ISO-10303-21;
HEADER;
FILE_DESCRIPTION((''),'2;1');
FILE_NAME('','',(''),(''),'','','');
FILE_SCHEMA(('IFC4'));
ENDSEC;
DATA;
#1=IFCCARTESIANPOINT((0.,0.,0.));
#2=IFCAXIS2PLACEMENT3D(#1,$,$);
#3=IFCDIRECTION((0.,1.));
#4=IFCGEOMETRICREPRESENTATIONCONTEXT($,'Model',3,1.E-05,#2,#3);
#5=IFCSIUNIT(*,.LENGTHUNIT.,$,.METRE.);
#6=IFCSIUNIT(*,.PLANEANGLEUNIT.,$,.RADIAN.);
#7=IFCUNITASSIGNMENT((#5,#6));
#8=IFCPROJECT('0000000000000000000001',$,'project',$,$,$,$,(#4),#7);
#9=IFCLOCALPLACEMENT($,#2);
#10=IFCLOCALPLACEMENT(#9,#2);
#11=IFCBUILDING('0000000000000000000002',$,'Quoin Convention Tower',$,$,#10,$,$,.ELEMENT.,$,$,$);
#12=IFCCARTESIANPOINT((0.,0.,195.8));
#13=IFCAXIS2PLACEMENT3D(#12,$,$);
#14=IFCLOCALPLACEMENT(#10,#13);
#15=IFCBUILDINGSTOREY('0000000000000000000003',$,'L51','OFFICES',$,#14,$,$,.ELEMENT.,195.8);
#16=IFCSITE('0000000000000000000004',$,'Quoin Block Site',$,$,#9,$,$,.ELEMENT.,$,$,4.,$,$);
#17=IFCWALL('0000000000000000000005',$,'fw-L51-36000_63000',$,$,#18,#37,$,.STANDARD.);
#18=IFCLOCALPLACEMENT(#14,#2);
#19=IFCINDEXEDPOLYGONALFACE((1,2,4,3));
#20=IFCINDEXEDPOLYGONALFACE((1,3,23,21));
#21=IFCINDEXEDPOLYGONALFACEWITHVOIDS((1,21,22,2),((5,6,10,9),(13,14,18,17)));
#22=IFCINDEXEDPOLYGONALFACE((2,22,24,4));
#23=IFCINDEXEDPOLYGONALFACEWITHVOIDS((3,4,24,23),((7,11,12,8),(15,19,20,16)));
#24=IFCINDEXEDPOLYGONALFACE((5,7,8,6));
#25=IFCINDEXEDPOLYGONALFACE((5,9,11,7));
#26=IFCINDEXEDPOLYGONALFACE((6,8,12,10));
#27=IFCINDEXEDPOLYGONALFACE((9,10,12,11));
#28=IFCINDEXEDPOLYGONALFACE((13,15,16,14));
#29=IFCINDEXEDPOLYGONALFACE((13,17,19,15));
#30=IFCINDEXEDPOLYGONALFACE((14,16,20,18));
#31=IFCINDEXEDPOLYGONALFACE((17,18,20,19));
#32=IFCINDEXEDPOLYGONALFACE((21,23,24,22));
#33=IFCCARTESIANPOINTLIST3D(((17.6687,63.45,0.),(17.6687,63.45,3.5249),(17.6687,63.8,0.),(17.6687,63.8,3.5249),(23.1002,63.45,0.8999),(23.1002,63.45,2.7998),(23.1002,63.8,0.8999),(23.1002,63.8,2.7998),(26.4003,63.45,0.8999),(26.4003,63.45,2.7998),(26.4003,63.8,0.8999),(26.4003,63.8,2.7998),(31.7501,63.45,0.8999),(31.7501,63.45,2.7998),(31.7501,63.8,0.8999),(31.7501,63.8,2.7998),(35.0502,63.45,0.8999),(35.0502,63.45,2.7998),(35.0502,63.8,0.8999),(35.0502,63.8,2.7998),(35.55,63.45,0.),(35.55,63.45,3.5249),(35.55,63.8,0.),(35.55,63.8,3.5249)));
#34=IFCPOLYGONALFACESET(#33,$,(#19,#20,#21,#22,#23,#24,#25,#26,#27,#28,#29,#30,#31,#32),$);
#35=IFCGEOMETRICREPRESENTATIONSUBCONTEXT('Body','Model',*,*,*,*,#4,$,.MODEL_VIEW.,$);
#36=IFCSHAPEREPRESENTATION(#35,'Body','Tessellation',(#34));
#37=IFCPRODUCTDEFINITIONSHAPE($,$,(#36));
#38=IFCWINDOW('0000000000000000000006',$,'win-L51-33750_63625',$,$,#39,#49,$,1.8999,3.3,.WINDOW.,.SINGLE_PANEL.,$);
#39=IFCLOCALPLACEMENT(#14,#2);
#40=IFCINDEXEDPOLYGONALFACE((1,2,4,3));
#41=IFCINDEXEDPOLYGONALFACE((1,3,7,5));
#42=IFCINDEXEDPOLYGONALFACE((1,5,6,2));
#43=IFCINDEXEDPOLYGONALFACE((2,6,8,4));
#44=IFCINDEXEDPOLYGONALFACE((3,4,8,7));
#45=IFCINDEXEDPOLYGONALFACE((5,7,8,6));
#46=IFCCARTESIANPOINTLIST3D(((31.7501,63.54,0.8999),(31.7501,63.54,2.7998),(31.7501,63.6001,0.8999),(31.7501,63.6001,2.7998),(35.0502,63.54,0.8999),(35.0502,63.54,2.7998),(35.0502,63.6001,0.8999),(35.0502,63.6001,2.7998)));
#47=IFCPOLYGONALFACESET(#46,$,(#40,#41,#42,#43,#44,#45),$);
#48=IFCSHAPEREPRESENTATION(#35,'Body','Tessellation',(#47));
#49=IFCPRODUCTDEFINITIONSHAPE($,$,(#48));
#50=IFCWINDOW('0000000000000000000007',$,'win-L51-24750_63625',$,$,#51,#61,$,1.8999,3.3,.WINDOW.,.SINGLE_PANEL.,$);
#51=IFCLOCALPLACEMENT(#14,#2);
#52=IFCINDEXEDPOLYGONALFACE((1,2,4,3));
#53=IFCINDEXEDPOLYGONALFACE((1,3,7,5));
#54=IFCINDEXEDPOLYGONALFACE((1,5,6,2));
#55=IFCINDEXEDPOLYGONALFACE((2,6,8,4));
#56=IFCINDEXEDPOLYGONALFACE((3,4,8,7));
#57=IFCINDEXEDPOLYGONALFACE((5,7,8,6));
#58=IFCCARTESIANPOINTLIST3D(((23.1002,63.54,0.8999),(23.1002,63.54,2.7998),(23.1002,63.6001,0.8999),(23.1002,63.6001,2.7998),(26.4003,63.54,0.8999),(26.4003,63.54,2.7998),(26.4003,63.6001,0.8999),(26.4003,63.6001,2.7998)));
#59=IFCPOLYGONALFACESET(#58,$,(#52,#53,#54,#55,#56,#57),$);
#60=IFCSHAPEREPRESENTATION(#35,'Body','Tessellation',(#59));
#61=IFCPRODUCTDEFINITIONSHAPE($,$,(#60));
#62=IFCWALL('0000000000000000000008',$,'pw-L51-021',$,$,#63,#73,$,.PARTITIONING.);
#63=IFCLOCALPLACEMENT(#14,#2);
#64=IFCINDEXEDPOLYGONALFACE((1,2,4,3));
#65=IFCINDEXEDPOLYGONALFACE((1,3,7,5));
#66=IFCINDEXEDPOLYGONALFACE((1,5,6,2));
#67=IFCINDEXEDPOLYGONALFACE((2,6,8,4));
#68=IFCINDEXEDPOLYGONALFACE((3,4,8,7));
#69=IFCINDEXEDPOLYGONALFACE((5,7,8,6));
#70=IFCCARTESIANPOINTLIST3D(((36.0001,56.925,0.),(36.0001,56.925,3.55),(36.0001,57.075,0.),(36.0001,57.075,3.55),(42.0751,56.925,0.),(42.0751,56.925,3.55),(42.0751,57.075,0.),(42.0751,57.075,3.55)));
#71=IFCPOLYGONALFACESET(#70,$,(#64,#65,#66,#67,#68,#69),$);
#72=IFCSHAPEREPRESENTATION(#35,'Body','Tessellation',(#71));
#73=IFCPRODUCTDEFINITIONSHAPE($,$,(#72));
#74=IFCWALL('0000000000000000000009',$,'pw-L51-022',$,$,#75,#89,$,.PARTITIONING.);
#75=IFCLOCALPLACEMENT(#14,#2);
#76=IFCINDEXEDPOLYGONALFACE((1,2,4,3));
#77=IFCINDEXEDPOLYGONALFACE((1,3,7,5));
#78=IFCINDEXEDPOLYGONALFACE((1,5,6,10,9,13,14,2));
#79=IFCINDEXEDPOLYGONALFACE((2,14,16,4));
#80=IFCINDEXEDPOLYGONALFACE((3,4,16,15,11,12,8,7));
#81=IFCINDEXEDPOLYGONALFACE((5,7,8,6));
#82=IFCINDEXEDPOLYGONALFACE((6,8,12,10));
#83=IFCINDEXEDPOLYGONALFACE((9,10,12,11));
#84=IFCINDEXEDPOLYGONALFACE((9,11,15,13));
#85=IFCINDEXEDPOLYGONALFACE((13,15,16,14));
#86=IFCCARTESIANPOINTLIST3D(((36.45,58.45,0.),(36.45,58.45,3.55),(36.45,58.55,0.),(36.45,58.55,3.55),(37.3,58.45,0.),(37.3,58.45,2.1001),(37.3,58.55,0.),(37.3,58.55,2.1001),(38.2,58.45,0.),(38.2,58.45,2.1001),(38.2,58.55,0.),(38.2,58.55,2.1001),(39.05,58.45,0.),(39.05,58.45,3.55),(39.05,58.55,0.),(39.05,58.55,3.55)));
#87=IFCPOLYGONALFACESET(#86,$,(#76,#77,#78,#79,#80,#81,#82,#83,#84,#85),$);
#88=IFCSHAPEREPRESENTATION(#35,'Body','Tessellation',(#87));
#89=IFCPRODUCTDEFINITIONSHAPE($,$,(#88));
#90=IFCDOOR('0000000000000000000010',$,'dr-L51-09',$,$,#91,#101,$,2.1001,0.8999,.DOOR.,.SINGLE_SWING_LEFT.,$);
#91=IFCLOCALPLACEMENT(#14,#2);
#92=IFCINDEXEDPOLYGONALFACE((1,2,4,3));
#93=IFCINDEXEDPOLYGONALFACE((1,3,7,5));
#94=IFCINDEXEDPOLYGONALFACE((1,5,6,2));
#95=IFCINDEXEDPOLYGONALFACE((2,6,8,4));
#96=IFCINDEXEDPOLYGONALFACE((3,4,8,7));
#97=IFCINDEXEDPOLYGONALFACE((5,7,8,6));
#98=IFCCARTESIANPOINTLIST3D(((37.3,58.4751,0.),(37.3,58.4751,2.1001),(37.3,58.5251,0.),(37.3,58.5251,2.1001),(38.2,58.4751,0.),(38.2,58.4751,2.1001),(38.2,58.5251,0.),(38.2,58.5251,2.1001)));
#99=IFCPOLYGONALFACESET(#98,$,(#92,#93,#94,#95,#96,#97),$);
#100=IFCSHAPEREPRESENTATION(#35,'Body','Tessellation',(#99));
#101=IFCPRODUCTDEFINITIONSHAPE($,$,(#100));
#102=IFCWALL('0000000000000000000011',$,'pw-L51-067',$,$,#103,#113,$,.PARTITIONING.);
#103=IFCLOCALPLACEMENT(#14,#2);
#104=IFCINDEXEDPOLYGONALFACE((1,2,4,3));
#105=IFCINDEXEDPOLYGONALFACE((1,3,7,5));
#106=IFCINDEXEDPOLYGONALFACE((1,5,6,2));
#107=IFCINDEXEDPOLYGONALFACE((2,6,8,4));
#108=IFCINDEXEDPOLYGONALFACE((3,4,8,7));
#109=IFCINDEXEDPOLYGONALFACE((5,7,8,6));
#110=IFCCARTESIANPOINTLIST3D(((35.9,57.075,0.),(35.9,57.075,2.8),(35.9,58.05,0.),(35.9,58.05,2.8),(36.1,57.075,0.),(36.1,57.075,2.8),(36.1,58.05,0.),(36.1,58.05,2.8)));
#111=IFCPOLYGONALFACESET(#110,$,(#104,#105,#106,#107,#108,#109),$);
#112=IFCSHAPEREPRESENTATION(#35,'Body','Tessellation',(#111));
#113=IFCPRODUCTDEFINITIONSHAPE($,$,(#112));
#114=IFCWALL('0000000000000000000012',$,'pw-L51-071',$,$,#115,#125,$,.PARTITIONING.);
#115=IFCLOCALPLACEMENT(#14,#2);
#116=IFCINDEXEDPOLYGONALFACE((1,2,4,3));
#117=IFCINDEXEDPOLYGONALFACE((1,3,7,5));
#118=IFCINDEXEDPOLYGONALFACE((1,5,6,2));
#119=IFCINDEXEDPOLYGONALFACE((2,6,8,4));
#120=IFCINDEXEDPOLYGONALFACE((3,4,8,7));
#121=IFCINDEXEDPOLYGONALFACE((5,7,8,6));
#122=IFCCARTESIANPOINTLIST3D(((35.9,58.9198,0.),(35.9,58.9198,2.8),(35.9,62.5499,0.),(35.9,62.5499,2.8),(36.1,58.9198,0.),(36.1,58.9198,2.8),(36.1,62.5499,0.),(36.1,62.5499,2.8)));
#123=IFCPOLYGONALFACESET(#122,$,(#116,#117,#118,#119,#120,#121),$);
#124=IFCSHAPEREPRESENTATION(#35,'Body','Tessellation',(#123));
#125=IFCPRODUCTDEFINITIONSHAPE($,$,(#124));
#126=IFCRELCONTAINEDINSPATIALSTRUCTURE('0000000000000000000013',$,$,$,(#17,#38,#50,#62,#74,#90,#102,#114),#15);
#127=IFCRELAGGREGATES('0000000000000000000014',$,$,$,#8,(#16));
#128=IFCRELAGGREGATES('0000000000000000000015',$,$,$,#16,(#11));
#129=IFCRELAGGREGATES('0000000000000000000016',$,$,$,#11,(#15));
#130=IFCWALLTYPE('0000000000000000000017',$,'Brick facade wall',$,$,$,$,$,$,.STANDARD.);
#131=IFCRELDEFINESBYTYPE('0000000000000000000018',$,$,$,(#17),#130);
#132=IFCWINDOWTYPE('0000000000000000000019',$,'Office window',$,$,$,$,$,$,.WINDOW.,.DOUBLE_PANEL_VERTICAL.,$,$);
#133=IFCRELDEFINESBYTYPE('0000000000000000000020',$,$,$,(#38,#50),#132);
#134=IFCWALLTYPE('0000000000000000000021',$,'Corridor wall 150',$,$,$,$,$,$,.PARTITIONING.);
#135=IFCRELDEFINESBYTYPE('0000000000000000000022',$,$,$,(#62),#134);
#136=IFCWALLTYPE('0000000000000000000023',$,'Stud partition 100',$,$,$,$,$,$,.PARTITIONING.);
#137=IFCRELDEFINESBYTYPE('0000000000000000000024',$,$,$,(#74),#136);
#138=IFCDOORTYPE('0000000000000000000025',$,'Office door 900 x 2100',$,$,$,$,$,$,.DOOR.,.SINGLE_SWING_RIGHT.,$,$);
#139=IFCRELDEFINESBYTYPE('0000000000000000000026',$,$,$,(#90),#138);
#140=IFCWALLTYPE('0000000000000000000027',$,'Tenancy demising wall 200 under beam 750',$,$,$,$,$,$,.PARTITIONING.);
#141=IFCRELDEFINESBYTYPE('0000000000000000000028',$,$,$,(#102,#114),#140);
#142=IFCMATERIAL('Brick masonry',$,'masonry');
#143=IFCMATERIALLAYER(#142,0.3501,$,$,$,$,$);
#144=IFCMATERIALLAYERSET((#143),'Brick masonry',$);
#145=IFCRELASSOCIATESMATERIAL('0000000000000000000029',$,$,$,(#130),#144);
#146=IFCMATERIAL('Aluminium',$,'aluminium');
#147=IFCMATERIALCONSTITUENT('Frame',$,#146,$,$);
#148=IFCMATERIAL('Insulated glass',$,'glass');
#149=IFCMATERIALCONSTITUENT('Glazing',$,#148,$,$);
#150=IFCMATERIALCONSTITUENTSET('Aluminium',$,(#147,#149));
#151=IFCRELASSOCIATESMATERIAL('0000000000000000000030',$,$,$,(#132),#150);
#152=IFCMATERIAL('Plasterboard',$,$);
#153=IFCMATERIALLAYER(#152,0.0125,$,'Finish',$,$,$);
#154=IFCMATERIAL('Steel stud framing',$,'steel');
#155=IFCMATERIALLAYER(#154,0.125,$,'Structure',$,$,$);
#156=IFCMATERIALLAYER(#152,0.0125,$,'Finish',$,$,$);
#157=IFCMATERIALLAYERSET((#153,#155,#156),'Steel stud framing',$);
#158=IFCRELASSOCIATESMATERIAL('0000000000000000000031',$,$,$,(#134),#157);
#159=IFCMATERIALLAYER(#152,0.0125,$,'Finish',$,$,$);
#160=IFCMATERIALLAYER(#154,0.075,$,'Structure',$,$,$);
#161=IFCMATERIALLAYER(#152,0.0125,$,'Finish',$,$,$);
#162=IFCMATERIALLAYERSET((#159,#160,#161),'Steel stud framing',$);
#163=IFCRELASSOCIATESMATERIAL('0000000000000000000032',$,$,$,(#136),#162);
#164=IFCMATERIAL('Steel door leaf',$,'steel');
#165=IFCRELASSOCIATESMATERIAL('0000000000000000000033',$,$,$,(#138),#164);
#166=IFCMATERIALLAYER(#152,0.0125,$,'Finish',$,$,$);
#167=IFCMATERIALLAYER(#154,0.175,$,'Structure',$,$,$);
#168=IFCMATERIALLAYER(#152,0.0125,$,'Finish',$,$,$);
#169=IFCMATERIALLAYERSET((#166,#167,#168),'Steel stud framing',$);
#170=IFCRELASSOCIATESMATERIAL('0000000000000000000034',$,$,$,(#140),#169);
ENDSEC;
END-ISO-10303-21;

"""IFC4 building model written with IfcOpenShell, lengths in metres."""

from ifc_helpers import new_model, si_unit, direction, frame, frame_2d, origin, place, context, subcontext, project, spatial, rectangle, extrude, material, layer, layer_set, constituent, constituent_set, type_object, element, fill, save


model = new_model("IFC4")

# Units and contexts
model_context = context("Model", 3, precision=1e-05, world=origin(), true_north=direction((0.0, 1.0)))
body_context = subcontext(model_context, "Body", "Model", "MODEL_VIEW")
ifc_project = project(units=[si_unit("LENGTHUNIT", "METRE"), si_unit("PLANEANGLEUNIT", "RADIAN")], contexts=[model_context])

# Site, building, storey
site_placement = place(None, origin())
site = spatial("IfcSite", under=ifc_project, at=site_placement, Name="Quoin Block Site", CompositionType="ELEMENT", RefElevation=4.0)
building_placement = place(site_placement, origin())
building = spatial("IfcBuilding", under=site, at=building_placement, Name="Quoin Convention Tower", CompositionType="ELEMENT")
storey_placement = place(building_placement, frame((0.0, 0.0, 195.8)))
storey = spatial("IfcBuildingStorey", under=building, at=storey_placement, Name="L51", Description="OFFICES", CompositionType="ELEMENT", Elevation=195.8)

# Shared definitions
ifc_material_1 = material(Name="Plasterboard")
ifc_material_2 = material(Name="Steel stud framing", Category="steel")

# Wall, openings, windows
ifc_material_3 = material(Name="Brick masonry", Category="masonry")
ifc_layer_1 = layer(ifc_material_3, 0.3501)
ifc_layer_set_1 = layer_set([ifc_layer_1], Name="Brick masonry")
wall_type_1 = type_object("IfcWallType", Name="Brick facade wall", PredefinedType="STANDARD", material=ifc_layer_set_1)
wall_1_placement = place(storey_placement, frame((35.55, 63.625, 0.0), z_axis=(0.0, 0.0, 1.0), x_axis=(-1.0, 0.0, 0.0)))
wall_1 = element("IfcWall", 1, at=wall_1_placement, inside=storey, type_object=wall_type_1, Name="fw-L51-36000_63000", PredefinedType="STANDARD", context=body_context, shape_type="SweptSolid", body=[
    extrude(rectangle(XDim=17.8813, YDim=0.3501, at=frame_2d((8.9407, 0.0))), origin(), (0.0, 0.0, 1.0), 3.5249),
])
opening_1_placement = place(wall_1_placement, frame((0.5, 0.0, 0.8999)))
opening_1 = element("IfcOpeningElement", 2, at=opening_1_placement, cuts=wall_1, PredefinedType="OPENING", context=body_context, shape_type="SweptSolid", body=[
    extrude(rectangle(XDim=3.3, YDim=1.8999, at=frame_2d((1.6499, 0.95))), frame((0.0, 0.1851, 0.0), z_axis=(0.0, -1.0, 0.0), x_axis=(1.0, 0.0, 0.0)), (0.0, 0.0, 1.0), 0.3701),
])
opening_2_placement = place(wall_1_placement, frame((9.1499, 0.0, 0.8999)))
opening_2 = element("IfcOpeningElement", 3, at=opening_2_placement, cuts=wall_1, PredefinedType="OPENING", context=body_context, shape_type="SweptSolid", body=[
    extrude(rectangle(XDim=3.3, YDim=1.8999, at=frame_2d((1.6499, 0.95))), frame((0.0, 0.1851, 0.0), z_axis=(0.0, -1.0, 0.0), x_axis=(1.0, 0.0, 0.0)), (0.0, 0.0, 1.0), 0.3701),
])
ifc_material_4 = material(Name="Aluminium", Category="aluminium")
ifc_constituent_1 = constituent(ifc_material_4, Name="Frame")
ifc_material_5 = material(Name="Insulated glass", Category="glass")
ifc_constituent_2 = constituent(ifc_material_5, Name="Glazing")
ifc_constituent_set = constituent_set(constituents=[ifc_constituent_1, ifc_constituent_2], Name="Aluminium")
window_type = type_object("IfcWindowType", Name="Office window", PartitioningType="DOUBLE_PANEL_VERTICAL", PredefinedType="WINDOW", material=ifc_constituent_set)
window_1_placement = place(opening_1_placement, origin())
window_1 = element("IfcWindow", 4, at=window_1_placement, inside=storey, type_object=window_type, Name="win-L51-33750_63625", OverallHeight=1.8999, OverallWidth=3.3, PartitioningType="SINGLE_PANEL", PredefinedType="WINDOW", context=body_context, shape_type="SweptSolid", body=[
    extrude(rectangle(XDim=3.3, YDim=1.8999, at=frame_2d((1.6499, 0.95))), frame((0.0, 0.085, 0.0), z_axis=(0.0, -1.0, 0.0), x_axis=(1.0, 0.0, 0.0)), (0.0, 0.0, 1.0), 0.0601),
])
fill(opening_1, window_1)
window_2_placement = place(opening_2_placement, origin())
window_2 = element("IfcWindow", 5, at=window_2_placement, inside=storey, type_object=window_type, Name="win-L51-24750_63625", OverallHeight=1.8999, OverallWidth=3.3, PartitioningType="SINGLE_PANEL", PredefinedType="WINDOW", context=body_context, shape_type="SweptSolid", body=[
    extrude(rectangle(XDim=3.3, YDim=1.8999, at=frame_2d((1.6499, 0.95))), frame((0.0, 0.085, 0.0), z_axis=(0.0, -1.0, 0.0), x_axis=(1.0, 0.0, 0.0)), (0.0, 0.0, 1.0), 0.0601),
])
fill(opening_2, window_2)

# Wall
ifc_layer_2 = layer(ifc_material_1, 0.0125, Name="Finish")
ifc_layer_3 = layer(ifc_material_2, 0.125, Name="Structure")
ifc_layer_4 = layer(ifc_material_1, 0.0125, Name="Finish")
ifc_layer_set_2 = layer_set([ifc_layer_2, ifc_layer_3, ifc_layer_4], Name="Steel stud framing")
wall_type_2 = type_object("IfcWallType", Name="Corridor wall 150", PredefinedType="PARTITIONING", material=ifc_layer_set_2)
wall_2_placement = place(storey_placement, frame((36.0, 57.0, 0.0), z_axis=(0.0, 0.0, 1.0), x_axis=(1.0, 0.0, 0.0)))
element("IfcWall", 6, at=wall_2_placement, inside=storey, type_object=wall_type_2, Name="pw-L51-021", PredefinedType="PARTITIONING", context=body_context, shape_type="SweptSolid", body=[
    extrude(rectangle(XDim=6.075, YDim=0.1499, at=frame_2d((3.0376, 0.0))), origin(), (0.0, 0.0, 1.0), 3.55),
])

# Wall, opening, door
ifc_layer_5 = layer(ifc_material_1, 0.0125, Name="Finish")
ifc_layer_6 = layer(ifc_material_2, 0.075, Name="Structure")
ifc_layer_7 = layer(ifc_material_1, 0.0125, Name="Finish")
ifc_layer_set_3 = layer_set([ifc_layer_5, ifc_layer_6, ifc_layer_7], Name="Steel stud framing")
wall_type_3 = type_object("IfcWallType", Name="Stud partition 100", PredefinedType="PARTITIONING", material=ifc_layer_set_3)
wall_3_placement = place(storey_placement, frame((36.45, 58.5, 0.0), z_axis=(0.0, 0.0, 1.0), x_axis=(1.0, 0.0, 0.0)))
wall_3 = element("IfcWall", 7, at=wall_3_placement, inside=storey, type_object=wall_type_3, Name="pw-L51-022", PredefinedType="PARTITIONING", context=body_context, shape_type="SweptSolid", body=[
    extrude(rectangle(XDim=2.6001, YDim=0.1001, at=frame_2d((1.3, 0.0))), origin(), (0.0, 0.0, 1.0), 3.55),
])
opening_3_placement = place(wall_3_placement, frame((0.8501, 0.0, 0.0)))
opening_3 = element("IfcOpeningElement", 8, at=opening_3_placement, cuts=wall_3, PredefinedType="OPENING", context=body_context, shape_type="SweptSolid", body=[
    extrude(rectangle(XDim=0.8999, YDim=2.1001, at=frame_2d((0.45, 1.05))), frame((0.0, 0.0601, 0.0), z_axis=(0.0, -1.0, 0.0), x_axis=(1.0, 0.0, 0.0)), (0.0, 0.0, 1.0), 0.1201),
])
ifc_material_6 = material(Name="Steel door leaf", Category="steel")
door_type = type_object("IfcDoorType", Name="Office door 900 x 2100", OperationType="SINGLE_SWING_RIGHT", PredefinedType="DOOR", material=ifc_material_6)
door_placement = place(opening_3_placement, frame((0.8999, 0.0, 0.0), z_axis=(0.0, 0.0, 1.0), x_axis=(-1.0, 0.0, 0.0)))
door = element("IfcDoor", 9, at=door_placement, inside=storey, type_object=door_type, Name="dr-L51-09", OperationType="SINGLE_SWING_LEFT", OverallHeight=2.1001, OverallWidth=0.8999, PredefinedType="DOOR", context=body_context, shape_type="SweptSolid", body=[
    extrude(rectangle(XDim=0.8999, YDim=2.1001, at=frame_2d((0.45, 1.05))), frame((0.0, 0.0249, 0.0), z_axis=(0.0, -1.0, 0.0), x_axis=(1.0, 0.0, 0.0)), (0.0, 0.0, 1.0), 0.05),
])
fill(opening_3, door)

# Walls
ifc_layer_8 = layer(ifc_material_1, 0.0125, Name="Finish")
ifc_layer_9 = layer(ifc_material_2, 0.175, Name="Structure")
ifc_layer_10 = layer(ifc_material_1, 0.0125, Name="Finish")
ifc_layer_set_4 = layer_set([ifc_layer_8, ifc_layer_9, ifc_layer_10], Name="Steel stud framing")
wall_type_4 = type_object("IfcWallType", Name="Tenancy demising wall 200 under beam 750", PredefinedType="PARTITIONING", material=ifc_layer_set_4)
wall_4_placement = place(storey_placement, frame((36.0, 57.075, 0.0), z_axis=(0.0, 0.0, 1.0), x_axis=(0.0, 1.0, 0.0)))
element("IfcWall", 10, at=wall_4_placement, inside=storey, type_object=wall_type_4, Name="pw-L51-067", PredefinedType="PARTITIONING", context=body_context, shape_type="SweptSolid", body=[
    extrude(rectangle(XDim=0.9751, YDim=0.2, at=frame_2d((0.4875, 0.0))), origin(), (0.0, 0.0, 1.0), 2.8),
])
wall_5_placement = place(storey_placement, frame((36.0, 58.9199, 0.0), z_axis=(0.0, 0.0, 1.0), x_axis=(0.0, 1.0, 0.0)))
element("IfcWall", 11, at=wall_5_placement, inside=storey, type_object=wall_type_4, Name="pw-L51-071", PredefinedType="PARTITIONING", context=body_context, shape_type="SweptSolid", body=[
    extrude(rectangle(XDim=3.6301, YDim=0.2, at=frame_2d((1.8149, 0.0))), origin(), (0.0, 0.0, 1.0), 2.8),
])

save(model, "model.ifc")
